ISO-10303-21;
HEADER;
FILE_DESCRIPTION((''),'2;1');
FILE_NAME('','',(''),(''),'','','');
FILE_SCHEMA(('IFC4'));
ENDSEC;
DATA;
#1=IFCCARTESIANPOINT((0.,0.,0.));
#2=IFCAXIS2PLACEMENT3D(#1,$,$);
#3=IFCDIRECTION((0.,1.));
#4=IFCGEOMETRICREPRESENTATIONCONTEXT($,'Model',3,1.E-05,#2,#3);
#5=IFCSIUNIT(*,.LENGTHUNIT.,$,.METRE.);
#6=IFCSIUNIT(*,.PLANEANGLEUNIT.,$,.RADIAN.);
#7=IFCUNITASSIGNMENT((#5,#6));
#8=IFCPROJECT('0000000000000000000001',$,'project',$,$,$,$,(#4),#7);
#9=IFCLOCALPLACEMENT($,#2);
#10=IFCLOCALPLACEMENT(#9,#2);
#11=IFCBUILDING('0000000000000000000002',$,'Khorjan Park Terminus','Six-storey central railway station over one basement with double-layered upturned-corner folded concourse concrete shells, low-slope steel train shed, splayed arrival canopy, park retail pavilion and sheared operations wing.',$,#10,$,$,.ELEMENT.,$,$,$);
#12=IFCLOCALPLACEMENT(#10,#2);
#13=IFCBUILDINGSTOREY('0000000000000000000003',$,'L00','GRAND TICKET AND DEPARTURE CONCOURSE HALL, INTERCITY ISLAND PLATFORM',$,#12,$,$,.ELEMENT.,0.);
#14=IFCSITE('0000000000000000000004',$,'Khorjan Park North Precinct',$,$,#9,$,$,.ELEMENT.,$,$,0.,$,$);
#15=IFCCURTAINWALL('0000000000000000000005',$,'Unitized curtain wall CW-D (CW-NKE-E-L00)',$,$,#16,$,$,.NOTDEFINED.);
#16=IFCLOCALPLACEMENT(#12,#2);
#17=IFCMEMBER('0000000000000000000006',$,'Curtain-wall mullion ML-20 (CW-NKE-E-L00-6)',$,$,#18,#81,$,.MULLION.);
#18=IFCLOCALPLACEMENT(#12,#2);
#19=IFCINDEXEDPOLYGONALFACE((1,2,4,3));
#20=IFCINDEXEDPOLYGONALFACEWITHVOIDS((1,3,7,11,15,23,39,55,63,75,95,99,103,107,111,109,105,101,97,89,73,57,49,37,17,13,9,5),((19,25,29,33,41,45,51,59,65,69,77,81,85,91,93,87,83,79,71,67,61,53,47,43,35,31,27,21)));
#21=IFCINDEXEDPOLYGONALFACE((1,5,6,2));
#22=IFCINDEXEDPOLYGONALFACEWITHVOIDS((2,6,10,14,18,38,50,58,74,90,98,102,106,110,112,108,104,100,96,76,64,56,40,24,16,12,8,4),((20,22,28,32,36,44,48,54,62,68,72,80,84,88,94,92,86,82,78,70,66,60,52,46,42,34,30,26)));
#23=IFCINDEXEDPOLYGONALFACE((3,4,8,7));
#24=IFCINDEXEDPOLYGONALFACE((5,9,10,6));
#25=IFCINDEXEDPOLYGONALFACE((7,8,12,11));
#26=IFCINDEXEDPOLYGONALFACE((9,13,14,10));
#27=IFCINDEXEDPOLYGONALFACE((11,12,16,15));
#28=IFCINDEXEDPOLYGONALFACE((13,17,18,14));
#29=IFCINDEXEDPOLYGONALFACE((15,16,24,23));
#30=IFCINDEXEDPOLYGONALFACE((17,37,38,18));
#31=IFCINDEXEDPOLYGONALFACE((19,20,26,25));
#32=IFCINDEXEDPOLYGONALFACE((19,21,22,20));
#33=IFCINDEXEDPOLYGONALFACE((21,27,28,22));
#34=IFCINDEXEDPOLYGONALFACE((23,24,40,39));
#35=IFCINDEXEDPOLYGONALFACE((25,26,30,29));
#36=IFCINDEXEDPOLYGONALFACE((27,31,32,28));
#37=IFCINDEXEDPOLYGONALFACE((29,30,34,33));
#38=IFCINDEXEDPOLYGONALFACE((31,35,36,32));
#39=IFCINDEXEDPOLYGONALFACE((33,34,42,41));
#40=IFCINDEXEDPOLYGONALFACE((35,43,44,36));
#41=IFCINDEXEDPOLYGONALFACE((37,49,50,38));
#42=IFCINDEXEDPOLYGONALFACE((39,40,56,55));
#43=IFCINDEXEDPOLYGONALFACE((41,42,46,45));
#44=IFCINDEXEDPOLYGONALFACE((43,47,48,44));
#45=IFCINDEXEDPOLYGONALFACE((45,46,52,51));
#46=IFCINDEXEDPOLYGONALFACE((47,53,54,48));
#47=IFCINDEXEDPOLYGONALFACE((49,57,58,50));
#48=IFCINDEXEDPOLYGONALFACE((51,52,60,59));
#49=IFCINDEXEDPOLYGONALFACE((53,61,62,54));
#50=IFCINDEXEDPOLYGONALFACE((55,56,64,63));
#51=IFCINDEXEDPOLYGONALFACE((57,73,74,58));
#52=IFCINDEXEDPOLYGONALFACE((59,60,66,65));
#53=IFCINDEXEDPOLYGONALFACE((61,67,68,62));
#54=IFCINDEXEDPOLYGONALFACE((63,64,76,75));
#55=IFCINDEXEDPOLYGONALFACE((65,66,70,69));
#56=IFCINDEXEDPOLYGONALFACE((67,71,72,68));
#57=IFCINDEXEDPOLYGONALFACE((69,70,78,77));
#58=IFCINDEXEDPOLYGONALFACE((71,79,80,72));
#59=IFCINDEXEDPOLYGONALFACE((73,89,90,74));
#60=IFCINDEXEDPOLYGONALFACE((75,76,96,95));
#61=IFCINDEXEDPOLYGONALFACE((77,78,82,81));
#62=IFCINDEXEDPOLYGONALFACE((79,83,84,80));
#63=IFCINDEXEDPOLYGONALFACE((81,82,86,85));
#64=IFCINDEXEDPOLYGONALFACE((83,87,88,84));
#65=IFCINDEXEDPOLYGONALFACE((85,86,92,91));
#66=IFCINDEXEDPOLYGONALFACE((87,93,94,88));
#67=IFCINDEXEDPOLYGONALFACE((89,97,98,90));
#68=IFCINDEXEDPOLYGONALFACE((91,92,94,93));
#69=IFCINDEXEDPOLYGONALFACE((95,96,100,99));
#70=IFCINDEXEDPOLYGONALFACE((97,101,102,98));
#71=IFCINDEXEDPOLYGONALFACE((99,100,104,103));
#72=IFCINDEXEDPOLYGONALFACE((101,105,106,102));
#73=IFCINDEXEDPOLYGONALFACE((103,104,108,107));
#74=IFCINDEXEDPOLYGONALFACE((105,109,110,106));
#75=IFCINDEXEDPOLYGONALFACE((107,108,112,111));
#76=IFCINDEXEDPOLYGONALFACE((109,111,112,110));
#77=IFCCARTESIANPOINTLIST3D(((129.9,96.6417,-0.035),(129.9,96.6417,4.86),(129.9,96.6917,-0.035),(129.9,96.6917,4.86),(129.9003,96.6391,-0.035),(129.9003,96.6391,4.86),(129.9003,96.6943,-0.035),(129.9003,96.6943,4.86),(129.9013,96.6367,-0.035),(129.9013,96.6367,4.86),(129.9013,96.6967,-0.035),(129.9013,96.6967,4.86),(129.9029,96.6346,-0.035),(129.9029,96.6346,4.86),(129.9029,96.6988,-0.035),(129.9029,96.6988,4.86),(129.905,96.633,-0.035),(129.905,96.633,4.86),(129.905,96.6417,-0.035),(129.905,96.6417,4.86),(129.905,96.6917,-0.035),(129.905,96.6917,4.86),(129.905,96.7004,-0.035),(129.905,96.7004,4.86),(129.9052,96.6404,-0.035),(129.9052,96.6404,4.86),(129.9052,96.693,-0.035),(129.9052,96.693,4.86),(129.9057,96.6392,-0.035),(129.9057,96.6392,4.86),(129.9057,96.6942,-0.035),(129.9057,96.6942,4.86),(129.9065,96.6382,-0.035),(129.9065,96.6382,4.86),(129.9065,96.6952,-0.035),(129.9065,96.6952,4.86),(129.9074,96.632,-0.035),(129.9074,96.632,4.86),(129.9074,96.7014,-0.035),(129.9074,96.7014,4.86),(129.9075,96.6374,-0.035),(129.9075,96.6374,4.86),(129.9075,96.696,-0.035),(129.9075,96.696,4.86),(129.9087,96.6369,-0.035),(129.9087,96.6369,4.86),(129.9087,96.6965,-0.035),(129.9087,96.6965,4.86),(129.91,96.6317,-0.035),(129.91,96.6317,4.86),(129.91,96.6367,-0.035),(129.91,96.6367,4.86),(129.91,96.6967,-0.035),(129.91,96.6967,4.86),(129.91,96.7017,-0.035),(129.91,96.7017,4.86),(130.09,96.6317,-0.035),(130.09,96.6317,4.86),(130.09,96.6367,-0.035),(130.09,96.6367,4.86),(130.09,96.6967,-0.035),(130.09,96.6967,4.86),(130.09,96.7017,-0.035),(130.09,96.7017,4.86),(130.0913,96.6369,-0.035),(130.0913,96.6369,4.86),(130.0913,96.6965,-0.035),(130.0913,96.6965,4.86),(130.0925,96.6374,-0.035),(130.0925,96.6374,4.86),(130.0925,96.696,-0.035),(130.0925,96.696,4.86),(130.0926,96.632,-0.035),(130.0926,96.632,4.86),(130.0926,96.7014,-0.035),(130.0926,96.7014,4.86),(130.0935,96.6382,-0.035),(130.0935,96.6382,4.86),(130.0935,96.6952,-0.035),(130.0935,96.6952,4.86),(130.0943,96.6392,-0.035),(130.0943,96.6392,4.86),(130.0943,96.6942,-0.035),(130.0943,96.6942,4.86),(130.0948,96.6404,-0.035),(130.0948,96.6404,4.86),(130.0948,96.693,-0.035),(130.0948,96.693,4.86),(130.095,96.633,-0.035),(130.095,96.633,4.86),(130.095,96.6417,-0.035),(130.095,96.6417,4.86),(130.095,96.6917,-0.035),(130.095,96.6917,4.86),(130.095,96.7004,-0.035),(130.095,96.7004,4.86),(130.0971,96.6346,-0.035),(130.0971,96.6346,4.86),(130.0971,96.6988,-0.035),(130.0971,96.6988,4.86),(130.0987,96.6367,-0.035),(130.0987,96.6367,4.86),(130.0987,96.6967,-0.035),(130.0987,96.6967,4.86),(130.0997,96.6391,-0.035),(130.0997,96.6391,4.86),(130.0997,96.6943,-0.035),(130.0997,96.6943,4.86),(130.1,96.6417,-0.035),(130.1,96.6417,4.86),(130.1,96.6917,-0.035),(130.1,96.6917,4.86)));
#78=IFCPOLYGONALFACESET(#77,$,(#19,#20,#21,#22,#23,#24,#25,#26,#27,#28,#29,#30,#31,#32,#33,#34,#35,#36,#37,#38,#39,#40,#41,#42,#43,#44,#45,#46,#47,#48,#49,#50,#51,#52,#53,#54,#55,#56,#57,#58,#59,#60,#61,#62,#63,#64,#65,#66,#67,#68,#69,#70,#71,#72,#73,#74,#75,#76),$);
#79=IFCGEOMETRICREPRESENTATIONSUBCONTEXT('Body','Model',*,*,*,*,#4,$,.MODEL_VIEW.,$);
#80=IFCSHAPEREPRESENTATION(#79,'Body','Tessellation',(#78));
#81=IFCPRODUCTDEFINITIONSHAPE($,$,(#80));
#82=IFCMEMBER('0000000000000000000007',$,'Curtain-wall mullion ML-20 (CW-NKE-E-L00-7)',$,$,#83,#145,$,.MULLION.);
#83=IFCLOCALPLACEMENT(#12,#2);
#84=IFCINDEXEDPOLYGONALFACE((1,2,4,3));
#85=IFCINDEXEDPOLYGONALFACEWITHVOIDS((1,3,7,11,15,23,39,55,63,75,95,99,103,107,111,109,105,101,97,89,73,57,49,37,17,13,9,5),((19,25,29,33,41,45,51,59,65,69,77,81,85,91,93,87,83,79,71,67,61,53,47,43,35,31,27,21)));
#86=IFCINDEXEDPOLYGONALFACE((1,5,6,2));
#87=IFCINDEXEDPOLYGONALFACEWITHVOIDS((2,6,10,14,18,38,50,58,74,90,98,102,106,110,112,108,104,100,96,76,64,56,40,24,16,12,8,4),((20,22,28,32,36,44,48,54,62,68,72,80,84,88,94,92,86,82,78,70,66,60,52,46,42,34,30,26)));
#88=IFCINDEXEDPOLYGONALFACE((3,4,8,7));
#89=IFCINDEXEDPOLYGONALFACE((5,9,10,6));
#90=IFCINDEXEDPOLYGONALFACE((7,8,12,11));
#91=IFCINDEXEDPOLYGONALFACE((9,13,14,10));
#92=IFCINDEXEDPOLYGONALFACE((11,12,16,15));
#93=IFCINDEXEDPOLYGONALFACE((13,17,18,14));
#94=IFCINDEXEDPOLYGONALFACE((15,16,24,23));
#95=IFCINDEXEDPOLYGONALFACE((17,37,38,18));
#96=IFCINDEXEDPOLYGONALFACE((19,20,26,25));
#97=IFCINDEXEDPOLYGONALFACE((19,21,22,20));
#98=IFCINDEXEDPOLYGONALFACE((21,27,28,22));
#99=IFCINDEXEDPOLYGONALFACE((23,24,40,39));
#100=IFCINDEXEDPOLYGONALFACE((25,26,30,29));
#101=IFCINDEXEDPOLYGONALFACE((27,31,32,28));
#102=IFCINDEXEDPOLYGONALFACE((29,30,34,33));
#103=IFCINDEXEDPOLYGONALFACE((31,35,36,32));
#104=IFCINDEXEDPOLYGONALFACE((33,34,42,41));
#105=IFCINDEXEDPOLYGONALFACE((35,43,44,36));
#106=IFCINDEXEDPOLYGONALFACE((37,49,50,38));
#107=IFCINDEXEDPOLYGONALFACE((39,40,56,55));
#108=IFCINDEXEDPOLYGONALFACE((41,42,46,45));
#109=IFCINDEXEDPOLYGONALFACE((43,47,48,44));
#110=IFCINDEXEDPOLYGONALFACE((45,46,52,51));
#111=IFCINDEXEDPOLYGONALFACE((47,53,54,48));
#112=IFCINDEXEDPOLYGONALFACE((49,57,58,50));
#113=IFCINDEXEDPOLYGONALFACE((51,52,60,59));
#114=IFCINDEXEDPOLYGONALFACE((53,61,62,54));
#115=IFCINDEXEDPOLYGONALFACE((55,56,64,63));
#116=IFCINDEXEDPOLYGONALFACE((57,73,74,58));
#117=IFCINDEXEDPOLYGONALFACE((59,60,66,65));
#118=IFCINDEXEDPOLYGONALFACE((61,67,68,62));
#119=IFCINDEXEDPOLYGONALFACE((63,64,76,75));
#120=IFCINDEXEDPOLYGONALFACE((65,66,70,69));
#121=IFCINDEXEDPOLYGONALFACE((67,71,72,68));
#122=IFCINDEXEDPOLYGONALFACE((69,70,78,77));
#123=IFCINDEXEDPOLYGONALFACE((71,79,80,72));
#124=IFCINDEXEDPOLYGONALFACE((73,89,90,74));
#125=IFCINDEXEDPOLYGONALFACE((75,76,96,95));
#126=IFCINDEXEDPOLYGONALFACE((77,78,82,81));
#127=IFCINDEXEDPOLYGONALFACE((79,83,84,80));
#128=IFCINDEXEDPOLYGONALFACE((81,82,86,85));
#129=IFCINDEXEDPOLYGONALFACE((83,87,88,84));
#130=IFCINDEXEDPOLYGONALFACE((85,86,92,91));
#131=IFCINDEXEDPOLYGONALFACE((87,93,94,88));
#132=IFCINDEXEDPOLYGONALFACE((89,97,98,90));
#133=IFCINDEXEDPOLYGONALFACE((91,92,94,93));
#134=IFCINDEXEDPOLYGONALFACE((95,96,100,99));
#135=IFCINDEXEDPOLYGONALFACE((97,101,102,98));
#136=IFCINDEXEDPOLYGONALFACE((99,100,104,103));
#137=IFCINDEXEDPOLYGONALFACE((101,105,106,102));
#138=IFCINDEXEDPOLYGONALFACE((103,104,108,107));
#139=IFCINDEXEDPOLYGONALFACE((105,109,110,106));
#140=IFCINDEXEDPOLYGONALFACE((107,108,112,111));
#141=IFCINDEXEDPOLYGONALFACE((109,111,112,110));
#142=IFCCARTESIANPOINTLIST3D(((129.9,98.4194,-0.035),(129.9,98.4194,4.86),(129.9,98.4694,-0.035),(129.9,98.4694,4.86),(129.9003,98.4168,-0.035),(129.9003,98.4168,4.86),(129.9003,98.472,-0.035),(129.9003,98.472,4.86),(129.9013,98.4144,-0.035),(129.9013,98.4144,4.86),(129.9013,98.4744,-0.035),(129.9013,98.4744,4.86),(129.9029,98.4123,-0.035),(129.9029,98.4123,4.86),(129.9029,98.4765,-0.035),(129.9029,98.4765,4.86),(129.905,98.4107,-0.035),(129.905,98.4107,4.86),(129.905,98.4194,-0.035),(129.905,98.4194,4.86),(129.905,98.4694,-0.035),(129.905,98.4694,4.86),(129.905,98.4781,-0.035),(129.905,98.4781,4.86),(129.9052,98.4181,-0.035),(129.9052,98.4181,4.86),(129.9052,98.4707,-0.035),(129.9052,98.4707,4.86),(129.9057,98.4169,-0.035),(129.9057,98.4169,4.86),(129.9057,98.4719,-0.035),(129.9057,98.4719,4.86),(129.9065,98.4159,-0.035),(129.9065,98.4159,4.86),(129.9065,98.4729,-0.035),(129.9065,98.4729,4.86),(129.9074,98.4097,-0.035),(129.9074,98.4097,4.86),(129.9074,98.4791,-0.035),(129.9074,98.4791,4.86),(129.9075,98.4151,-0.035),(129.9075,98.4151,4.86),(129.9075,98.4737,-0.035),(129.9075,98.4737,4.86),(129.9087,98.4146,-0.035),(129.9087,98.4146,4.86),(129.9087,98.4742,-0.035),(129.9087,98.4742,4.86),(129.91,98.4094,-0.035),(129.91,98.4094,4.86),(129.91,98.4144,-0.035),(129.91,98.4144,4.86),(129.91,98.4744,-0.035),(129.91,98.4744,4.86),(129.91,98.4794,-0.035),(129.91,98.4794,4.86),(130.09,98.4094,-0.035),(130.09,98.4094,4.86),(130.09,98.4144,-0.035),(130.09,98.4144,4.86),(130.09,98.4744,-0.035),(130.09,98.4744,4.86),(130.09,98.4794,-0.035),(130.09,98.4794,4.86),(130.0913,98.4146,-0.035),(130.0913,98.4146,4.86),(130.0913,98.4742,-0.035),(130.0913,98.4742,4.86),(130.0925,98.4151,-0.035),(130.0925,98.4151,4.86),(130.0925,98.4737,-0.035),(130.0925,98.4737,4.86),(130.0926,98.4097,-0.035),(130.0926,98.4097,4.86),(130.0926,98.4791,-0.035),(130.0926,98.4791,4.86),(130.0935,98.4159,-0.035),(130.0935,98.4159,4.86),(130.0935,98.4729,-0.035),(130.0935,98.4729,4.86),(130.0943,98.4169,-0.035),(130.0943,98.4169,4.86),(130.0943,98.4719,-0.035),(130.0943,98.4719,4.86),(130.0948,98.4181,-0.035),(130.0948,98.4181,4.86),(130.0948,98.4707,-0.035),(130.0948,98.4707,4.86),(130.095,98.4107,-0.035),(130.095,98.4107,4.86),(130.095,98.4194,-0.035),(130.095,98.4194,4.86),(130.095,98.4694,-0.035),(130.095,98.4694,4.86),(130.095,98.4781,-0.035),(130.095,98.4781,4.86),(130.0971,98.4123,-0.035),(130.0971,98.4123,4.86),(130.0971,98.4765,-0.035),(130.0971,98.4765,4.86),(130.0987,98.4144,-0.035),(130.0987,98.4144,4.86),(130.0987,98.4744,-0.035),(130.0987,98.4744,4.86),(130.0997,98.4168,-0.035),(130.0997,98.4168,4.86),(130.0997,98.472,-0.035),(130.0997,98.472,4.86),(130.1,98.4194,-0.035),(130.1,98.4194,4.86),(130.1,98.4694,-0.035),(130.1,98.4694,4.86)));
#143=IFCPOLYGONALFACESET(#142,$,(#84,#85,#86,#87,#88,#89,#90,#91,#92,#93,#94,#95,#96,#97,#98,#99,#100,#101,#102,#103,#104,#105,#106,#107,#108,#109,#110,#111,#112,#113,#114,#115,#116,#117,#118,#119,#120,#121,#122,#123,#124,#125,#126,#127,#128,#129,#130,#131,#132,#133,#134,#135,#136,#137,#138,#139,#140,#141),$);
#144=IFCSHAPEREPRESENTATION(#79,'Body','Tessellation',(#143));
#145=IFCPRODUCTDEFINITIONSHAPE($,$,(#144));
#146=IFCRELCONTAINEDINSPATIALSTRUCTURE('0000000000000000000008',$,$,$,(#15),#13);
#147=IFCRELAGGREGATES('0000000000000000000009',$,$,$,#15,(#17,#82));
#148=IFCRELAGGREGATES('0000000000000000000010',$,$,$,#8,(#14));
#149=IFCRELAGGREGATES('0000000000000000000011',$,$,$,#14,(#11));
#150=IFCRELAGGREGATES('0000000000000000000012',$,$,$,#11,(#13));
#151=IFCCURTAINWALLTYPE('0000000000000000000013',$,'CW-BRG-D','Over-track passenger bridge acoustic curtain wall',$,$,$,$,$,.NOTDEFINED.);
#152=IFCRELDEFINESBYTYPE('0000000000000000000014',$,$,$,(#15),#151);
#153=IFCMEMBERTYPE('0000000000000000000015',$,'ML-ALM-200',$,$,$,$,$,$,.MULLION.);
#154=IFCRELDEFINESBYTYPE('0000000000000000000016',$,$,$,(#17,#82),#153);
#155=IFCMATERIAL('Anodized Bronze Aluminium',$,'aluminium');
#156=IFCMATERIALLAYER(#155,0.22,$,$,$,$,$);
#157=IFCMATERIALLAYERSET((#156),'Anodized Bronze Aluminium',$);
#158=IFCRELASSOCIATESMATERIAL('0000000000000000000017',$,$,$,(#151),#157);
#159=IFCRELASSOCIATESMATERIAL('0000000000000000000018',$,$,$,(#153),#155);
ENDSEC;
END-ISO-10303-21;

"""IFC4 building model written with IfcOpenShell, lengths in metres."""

from ifc_helpers import new_model, si_unit, direction, frame, origin, origin_2d, place, context, subcontext, project, spatial, hollow_rectangle, extrude, material, layer, layer_set, material_profile, profile_set, type_object, element, aggregate, save


model = new_model("IFC4")

# Units and contexts
model_context = context("Model", 3, precision=1e-05, world=origin(), true_north=direction((0.0, 1.0)))
body_context = subcontext(model_context, "Body", "Model", "MODEL_VIEW")
ifc_project = project(units=[si_unit("LENGTHUNIT", "METRE"), si_unit("PLANEANGLEUNIT", "RADIAN")], contexts=[model_context])

# Site, building, storey
site_placement = place(None, origin())
site = spatial("IfcSite", under=ifc_project, at=site_placement, Name="Khorjan Park North Precinct", CompositionType="ELEMENT", RefElevation=0.0)
building_placement = place(site_placement, origin())
building = spatial("IfcBuilding", under=site, at=building_placement, Name="Khorjan Park Terminus", Description="Six-storey central railway station over one basement with double-layered upturned-corner folded concourse concrete shells, low-slope steel train shed, splayed arrival canopy, park retail pavilion and sheared operations wing.", CompositionType="ELEMENT")
storey_placement = place(building_placement, origin())
storey = spatial("IfcBuildingStorey", under=building, at=storey_placement, Name="L00", Description="GRAND TICKET AND DEPARTURE CONCOURSE HALL, INTERCITY ISLAND PLATFORM", CompositionType="ELEMENT", Elevation=0.0)

# Curtain wall, members
ifc_material_1 = material(Name="Anodized Bronze Aluminium", Category="aluminium")
ifc_layer_1 = layer(ifc_material_1, 0.22)
ifc_layer_set_1 = layer_set([ifc_layer_1], Name="Anodized Bronze Aluminium")
curtain_wall_type = type_object("IfcCurtainWallType", Name="CW-BRG-D", Description="Over-track passenger bridge acoustic curtain wall", PredefinedType="NOTDEFINED", material=ifc_layer_set_1)
curtain_wall_placement = place(storey_placement, origin())
curtain_wall = element("IfcCurtainWall", 1, at=curtain_wall_placement, inside=storey, type_object=curtain_wall_type, Name="Unitized curtain wall CW-D (CW-NKE-E-L00)", PredefinedType="NOTDEFINED")
ifc_material_profile_1 = material_profile(ifc_material_1, hollow_rectangle(XDim=0.07, YDim=0.2, WallThickness=0.005, InnerFilletRadius=0.005, OuterFilletRadius=0.01, at=origin_2d()), Name="ALM 70x200x5")
ifc_profile_set_1 = profile_set([ifc_material_profile_1], Name="Anodized Bronze Aluminium")
member_type_1 = type_object("IfcMemberType", Name="ML-ALM-200", PredefinedType="MULLION", material=ifc_profile_set_1)
member_1_placement = place(storey_placement, frame((130.0, 96.6667, -0.035), z_axis=(0.0, 0.0, 1.0), x_axis=(0.0, 1.0, 0.0)))
member_1 = element("IfcMember", 2, at=member_1_placement, type_object=member_type_1, Name="Curtain-wall mullion ML-20 (CW-NKE-E-L00-6)", PredefinedType="MULLION", context=body_context, shape_type="SweptSolid", body=[
    extrude(hollow_rectangle(XDim=0.07, YDim=0.2, WallThickness=0.005, InnerFilletRadius=0.005, OuterFilletRadius=0.01, at=origin_2d()), origin(), (0.0, 0.0, 1.0), 4.895),
])
member_2_placement = place(storey_placement, frame((130.0, 98.4444, -0.035), z_axis=(0.0, 0.0, 1.0), x_axis=(0.0, 1.0, 0.0)))
member_2 = element("IfcMember", 3, at=member_2_placement, type_object=member_type_1, Name="Curtain-wall mullion ML-20 (CW-NKE-E-L00-7)", PredefinedType="MULLION", context=body_context, shape_type="SweptSolid", body=[
    extrude(hollow_rectangle(XDim=0.07, YDim=0.2, WallThickness=0.005, InnerFilletRadius=0.005, OuterFilletRadius=0.01, at=origin_2d()), origin(), (0.0, 0.0, 1.0), 4.895),
])
aggregate(curtain_wall, [member_1, member_2])

save(model, "model.ifc")
